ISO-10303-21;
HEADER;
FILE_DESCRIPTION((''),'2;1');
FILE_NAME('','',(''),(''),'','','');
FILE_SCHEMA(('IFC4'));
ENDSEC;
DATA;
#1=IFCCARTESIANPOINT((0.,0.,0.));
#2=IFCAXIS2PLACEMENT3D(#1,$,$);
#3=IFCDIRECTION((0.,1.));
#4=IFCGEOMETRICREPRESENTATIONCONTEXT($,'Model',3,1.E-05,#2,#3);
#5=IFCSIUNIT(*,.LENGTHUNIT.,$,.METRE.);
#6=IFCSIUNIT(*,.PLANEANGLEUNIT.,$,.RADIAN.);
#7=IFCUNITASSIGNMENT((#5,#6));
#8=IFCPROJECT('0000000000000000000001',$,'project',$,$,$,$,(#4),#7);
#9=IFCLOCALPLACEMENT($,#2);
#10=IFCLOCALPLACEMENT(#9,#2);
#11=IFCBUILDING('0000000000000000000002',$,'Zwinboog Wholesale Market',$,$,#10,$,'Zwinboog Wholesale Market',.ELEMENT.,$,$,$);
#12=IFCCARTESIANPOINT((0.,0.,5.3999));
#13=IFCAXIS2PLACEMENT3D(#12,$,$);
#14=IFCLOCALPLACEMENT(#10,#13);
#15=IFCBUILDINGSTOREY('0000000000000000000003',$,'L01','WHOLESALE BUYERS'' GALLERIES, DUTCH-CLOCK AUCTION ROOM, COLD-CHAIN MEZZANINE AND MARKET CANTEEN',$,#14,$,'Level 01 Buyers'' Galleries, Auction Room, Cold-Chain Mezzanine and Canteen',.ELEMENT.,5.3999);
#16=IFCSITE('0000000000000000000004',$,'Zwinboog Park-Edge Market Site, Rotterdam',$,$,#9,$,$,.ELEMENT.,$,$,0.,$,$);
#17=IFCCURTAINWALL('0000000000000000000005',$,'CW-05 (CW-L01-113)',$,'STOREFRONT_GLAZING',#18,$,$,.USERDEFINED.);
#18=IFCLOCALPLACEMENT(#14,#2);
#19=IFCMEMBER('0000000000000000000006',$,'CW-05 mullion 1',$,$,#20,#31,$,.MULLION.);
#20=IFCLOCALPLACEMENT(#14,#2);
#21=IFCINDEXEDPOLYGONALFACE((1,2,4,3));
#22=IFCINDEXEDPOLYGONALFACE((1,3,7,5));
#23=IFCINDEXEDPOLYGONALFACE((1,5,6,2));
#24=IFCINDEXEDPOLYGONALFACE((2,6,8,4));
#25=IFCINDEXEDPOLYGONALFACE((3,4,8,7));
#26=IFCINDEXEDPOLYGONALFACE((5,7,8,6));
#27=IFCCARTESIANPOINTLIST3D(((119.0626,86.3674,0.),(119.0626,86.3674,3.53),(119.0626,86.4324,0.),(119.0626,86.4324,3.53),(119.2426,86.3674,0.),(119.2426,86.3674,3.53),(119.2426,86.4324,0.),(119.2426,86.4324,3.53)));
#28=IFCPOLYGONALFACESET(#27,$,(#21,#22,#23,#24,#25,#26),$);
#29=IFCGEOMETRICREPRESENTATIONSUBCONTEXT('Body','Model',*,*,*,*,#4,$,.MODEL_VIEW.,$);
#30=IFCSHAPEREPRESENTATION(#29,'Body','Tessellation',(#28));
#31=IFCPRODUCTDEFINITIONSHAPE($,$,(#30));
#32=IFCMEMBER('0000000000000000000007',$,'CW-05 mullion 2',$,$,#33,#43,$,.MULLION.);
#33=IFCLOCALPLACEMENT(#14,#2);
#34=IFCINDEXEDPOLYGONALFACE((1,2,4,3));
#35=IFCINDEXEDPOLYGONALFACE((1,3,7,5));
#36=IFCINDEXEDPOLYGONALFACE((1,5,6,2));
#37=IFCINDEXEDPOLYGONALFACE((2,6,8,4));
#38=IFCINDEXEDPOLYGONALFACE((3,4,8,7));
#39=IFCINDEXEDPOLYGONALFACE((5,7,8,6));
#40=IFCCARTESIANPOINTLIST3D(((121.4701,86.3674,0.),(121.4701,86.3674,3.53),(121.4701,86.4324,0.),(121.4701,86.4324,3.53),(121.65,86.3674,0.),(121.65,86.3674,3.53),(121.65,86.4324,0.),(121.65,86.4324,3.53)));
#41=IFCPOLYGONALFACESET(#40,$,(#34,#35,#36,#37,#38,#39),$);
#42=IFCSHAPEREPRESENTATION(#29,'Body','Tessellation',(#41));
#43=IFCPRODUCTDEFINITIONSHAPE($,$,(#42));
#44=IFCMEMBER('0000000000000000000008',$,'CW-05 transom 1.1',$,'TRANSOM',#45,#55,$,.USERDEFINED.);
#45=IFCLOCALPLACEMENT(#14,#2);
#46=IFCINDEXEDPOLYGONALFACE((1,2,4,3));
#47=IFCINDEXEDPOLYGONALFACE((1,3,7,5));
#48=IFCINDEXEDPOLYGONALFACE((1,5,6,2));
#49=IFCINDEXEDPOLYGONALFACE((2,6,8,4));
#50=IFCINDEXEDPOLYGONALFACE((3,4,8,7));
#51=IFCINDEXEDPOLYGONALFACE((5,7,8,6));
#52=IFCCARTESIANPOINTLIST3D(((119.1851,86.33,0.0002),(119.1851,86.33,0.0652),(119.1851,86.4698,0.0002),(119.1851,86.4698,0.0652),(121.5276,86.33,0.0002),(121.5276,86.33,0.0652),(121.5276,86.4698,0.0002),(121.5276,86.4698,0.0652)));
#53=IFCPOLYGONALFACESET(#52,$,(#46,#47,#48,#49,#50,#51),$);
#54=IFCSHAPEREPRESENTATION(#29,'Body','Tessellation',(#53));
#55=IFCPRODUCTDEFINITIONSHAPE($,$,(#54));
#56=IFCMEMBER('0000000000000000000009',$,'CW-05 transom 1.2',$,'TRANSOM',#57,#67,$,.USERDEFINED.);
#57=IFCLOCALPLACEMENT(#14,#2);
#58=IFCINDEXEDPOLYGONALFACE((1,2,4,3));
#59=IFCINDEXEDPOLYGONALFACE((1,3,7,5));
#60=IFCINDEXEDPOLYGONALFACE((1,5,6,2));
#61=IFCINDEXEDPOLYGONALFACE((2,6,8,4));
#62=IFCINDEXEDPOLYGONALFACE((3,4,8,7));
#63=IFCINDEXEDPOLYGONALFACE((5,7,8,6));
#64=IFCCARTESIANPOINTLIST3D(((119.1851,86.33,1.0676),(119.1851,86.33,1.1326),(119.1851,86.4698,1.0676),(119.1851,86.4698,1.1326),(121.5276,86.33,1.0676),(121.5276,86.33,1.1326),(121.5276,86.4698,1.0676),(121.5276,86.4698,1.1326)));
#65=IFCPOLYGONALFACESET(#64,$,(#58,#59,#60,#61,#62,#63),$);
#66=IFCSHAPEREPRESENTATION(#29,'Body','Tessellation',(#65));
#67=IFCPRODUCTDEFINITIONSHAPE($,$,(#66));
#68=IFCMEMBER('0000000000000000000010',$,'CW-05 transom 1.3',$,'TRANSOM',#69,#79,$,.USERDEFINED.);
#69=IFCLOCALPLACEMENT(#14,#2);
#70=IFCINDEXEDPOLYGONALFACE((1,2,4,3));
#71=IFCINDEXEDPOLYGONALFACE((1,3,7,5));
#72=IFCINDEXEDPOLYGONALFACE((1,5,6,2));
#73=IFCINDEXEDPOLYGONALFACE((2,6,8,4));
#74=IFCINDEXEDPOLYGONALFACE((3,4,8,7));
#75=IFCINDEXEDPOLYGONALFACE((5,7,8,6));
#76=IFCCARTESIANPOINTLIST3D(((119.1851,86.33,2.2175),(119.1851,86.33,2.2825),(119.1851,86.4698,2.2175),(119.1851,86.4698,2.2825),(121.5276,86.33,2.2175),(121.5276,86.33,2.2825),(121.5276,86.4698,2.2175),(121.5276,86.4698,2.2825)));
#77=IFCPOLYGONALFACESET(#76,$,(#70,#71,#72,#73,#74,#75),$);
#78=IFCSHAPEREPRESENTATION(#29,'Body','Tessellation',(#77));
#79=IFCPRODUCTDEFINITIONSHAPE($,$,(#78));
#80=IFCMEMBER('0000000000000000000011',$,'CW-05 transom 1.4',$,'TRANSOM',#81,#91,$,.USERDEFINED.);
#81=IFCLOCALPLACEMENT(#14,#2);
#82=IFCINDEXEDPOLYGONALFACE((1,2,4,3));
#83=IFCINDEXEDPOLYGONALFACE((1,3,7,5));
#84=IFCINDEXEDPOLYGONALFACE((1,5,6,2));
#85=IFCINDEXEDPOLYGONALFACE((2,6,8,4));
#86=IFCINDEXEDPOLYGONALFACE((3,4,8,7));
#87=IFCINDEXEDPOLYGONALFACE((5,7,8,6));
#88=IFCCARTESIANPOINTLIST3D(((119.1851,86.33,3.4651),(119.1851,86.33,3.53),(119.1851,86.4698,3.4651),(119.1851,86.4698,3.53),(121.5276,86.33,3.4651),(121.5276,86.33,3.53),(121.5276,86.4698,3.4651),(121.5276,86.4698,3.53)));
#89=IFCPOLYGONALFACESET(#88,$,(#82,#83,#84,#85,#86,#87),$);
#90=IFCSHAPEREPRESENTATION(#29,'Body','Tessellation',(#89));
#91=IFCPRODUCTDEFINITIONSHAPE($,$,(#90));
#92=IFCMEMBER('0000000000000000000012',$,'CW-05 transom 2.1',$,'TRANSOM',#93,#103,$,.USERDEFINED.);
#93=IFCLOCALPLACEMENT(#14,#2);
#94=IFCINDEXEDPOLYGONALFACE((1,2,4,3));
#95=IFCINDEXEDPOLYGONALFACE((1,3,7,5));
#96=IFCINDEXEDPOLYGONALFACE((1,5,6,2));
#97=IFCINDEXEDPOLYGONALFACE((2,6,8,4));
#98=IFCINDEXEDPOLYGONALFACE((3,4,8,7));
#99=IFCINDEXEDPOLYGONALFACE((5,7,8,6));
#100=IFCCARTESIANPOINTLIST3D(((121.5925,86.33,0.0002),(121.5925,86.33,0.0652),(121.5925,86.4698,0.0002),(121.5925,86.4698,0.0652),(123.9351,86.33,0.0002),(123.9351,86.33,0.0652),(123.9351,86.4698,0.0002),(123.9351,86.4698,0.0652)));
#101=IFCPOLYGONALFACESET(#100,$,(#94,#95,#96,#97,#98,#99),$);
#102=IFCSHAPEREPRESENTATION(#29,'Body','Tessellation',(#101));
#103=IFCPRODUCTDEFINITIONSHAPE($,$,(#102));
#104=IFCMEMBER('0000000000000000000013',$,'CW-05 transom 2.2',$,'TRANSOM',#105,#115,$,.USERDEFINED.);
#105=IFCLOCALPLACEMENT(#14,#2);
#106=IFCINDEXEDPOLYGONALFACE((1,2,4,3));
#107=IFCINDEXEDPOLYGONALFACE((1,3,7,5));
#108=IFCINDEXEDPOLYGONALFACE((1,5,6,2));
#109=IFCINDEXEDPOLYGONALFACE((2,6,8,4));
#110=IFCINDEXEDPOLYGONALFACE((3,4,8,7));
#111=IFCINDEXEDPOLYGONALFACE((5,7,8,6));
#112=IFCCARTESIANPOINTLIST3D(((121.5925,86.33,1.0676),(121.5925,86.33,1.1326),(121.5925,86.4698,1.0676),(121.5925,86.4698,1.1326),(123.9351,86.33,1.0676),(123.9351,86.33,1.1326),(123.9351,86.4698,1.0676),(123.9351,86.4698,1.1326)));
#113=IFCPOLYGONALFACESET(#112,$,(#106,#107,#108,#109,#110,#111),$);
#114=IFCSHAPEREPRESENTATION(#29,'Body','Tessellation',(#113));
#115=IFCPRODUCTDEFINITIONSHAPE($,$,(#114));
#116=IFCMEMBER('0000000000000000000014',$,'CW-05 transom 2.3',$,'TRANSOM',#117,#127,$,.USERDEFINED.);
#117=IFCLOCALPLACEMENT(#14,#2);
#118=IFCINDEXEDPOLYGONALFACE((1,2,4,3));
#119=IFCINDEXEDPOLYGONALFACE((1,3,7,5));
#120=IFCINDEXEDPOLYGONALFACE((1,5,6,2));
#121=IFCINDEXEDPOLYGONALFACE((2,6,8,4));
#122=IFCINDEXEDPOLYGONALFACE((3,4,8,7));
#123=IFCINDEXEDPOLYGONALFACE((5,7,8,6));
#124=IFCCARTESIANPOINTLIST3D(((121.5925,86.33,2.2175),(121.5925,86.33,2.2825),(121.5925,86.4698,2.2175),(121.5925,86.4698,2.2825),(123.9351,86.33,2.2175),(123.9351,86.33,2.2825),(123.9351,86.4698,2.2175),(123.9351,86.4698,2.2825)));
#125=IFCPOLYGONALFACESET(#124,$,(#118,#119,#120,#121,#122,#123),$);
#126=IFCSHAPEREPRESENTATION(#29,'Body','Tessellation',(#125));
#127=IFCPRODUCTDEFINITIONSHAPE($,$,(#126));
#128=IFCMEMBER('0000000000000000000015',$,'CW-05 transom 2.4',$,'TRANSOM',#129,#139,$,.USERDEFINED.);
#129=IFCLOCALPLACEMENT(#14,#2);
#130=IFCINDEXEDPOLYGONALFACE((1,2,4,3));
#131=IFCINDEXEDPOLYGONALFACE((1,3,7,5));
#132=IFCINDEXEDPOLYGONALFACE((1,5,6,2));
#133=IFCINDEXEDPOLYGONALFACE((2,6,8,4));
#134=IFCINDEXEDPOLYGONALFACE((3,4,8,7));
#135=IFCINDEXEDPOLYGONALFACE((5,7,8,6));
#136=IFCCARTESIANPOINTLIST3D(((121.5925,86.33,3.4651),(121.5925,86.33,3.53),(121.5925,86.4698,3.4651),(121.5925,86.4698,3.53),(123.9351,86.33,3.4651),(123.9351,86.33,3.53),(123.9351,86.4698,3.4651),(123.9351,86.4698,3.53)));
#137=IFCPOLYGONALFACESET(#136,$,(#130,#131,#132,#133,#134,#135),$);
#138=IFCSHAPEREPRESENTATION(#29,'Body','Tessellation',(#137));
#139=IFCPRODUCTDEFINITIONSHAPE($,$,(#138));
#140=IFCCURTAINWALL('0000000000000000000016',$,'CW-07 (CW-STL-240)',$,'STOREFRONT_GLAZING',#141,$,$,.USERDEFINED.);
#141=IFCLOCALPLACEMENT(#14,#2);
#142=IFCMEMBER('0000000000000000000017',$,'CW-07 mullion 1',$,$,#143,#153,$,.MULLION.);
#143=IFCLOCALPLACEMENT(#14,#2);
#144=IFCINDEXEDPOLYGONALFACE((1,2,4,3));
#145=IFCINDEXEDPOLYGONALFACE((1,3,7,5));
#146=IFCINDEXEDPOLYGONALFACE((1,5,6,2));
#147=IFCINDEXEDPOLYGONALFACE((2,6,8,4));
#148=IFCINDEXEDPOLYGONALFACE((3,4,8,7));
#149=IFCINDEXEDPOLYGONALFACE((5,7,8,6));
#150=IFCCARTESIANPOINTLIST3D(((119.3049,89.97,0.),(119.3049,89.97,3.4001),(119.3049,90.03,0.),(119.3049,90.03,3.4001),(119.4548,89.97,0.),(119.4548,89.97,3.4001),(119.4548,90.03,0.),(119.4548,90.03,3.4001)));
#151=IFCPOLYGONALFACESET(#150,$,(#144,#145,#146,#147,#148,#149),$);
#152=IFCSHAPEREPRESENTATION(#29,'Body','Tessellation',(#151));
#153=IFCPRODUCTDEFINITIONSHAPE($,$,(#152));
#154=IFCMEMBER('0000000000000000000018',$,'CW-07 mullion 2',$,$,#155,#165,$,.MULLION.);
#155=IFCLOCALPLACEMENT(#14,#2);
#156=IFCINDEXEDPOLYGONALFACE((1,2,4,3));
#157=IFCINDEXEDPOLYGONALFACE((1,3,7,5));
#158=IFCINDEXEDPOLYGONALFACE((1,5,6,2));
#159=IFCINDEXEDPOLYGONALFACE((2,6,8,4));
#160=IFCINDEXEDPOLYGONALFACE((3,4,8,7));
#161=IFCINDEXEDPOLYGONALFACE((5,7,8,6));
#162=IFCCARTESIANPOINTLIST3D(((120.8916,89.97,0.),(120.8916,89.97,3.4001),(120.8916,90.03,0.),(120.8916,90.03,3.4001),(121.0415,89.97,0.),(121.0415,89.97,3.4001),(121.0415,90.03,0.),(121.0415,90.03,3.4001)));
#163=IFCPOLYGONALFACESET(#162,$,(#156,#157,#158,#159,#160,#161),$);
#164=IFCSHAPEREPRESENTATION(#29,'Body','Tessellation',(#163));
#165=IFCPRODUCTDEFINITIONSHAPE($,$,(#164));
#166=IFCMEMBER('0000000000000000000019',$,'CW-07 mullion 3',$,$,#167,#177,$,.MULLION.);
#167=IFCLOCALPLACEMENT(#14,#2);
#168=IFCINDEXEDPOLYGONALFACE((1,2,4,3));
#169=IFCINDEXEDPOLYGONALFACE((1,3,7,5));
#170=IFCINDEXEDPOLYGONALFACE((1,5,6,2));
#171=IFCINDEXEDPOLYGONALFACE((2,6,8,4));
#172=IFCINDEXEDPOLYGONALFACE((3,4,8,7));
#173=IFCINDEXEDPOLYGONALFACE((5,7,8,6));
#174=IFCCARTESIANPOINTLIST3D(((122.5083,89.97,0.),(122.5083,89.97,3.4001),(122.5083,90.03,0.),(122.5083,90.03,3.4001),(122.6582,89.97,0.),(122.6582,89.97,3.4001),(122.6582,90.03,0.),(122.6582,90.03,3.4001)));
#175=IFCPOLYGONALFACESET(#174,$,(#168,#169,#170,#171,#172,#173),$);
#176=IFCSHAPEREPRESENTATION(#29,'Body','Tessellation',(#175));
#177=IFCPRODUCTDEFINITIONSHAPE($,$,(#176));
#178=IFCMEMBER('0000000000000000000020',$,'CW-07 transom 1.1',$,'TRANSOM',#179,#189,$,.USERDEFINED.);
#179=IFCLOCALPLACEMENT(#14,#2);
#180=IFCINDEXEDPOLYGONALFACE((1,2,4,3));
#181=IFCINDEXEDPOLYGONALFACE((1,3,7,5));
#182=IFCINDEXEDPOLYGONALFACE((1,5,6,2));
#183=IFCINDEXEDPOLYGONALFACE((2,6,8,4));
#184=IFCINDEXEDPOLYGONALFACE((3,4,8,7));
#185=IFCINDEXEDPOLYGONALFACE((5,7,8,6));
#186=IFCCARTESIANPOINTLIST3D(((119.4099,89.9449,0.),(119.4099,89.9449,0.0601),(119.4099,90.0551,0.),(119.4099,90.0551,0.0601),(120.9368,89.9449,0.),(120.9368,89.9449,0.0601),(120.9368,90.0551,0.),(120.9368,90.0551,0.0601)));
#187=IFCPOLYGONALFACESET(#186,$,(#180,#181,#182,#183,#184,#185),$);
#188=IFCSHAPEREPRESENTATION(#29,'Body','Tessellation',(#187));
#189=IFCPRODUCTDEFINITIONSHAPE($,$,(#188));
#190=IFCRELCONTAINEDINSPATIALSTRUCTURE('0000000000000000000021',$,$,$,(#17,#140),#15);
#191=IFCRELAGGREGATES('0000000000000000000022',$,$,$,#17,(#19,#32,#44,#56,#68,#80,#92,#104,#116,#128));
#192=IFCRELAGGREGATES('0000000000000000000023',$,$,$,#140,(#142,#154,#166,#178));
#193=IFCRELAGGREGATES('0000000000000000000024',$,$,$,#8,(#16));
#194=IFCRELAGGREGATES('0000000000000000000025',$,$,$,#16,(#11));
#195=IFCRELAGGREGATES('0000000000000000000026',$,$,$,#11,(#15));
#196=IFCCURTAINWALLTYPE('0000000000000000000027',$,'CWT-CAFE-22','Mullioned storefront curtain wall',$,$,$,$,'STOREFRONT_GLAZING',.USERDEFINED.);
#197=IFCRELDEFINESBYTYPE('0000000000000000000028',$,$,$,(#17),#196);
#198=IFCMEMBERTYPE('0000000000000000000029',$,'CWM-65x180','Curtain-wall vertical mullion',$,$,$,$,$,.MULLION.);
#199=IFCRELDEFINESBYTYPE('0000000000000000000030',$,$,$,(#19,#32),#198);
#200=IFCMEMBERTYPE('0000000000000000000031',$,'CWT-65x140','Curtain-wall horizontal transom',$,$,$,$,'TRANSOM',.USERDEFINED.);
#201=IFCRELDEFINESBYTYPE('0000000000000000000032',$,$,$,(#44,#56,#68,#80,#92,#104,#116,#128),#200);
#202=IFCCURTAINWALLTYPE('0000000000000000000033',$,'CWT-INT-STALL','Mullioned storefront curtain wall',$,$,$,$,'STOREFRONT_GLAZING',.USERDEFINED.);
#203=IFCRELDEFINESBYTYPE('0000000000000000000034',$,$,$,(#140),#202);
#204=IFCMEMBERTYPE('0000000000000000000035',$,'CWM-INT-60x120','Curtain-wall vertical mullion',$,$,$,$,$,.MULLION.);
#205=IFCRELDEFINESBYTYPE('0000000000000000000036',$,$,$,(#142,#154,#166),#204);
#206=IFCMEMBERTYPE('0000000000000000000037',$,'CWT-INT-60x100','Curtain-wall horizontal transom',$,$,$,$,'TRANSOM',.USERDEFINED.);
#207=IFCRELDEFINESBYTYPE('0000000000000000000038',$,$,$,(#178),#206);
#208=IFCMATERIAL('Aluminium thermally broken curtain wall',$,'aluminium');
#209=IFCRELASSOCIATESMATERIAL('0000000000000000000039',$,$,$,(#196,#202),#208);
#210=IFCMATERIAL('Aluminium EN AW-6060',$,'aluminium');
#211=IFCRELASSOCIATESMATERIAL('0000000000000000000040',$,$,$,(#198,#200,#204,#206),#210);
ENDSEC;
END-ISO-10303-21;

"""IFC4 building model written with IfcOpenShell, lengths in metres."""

from ifc_helpers import new_model, si_unit, direction, frame, origin, origin_2d, place, context, subcontext, project, spatial, rectangle, extrude, material, material_profile, profile_set, type_object, element, aggregate, save


model = new_model("IFC4")

# Units and contexts
model_context = context("Model", 3, precision=1e-05, world=origin(), true_north=direction((0.0, 1.0)))
body_context = subcontext(model_context, "Body", "Model", "MODEL_VIEW")
ifc_project = project(units=[si_unit("LENGTHUNIT", "METRE"), si_unit("PLANEANGLEUNIT", "RADIAN")], contexts=[model_context])

# Site, building, storey
site_placement = place(None, origin())
site = spatial("IfcSite", under=ifc_project, at=site_placement, Name="Zwinboog Park-Edge Market Site, Rotterdam", CompositionType="ELEMENT", RefElevation=0.0)
building_placement = place(site_placement, origin())
building = spatial("IfcBuilding", under=site, at=building_placement, Name="Zwinboog Wholesale Market", LongName="Zwinboog Wholesale Market", CompositionType="ELEMENT")
storey_placement = place(building_placement, frame((0.0, 0.0, 5.3999)))
storey = spatial("IfcBuildingStorey", under=building, at=storey_placement, Name="L01", Description="WHOLESALE BUYERS' GALLERIES, DUTCH-CLOCK AUCTION ROOM, COLD-CHAIN MEZZANINE AND MARKET CANTEEN", LongName="Level 01 Buyers' Galleries, Auction Room, Cold-Chain Mezzanine and Canteen", CompositionType="ELEMENT", Elevation=5.3999)

# Curtain walls, members
ifc_material_1 = material(Name="Aluminium thermally broken curtain wall", Category="aluminium")
curtain_wall_type_1 = type_object("IfcCurtainWallType", Name="CWT-CAFE-22", Description="Mullioned storefront curtain wall", ElementType="STOREFRONT_GLAZING", PredefinedType="USERDEFINED", material=ifc_material_1)
curtain_wall_1_placement = place(storey_placement, origin())
curtain_wall_1 = element("IfcCurtainWall", 1, at=curtain_wall_1_placement, inside=storey, type_object=curtain_wall_type_1, Name="CW-05 (CW-L01-113)", ObjectType="STOREFRONT_GLAZING", PredefinedType="USERDEFINED")
ifc_material_2 = material(Name="Aluminium EN AW-6060", Category="aluminium")
ifc_material_profile_1 = material_profile(ifc_material_2, rectangle(XDim=0.0649, YDim=0.1799, at=origin_2d()), Name="AL 65x180")
ifc_profile_set_1 = profile_set([ifc_material_profile_1], Name="Aluminium EN AW-6060")
member_type_1 = type_object("IfcMemberType", Name="CWM-65x180", Description="Curtain-wall vertical mullion", PredefinedType="MULLION", material=ifc_profile_set_1)
member_1_placement = place(storey_placement, frame((119.1526, 86.3999, 0.0), z_axis=(0.0, 0.0, 1.0), x_axis=(0.0, 1.0, 0.0)))
member_1 = element("IfcMember", 2, at=member_1_placement, type_object=member_type_1, Name="CW-05 mullion 1", PredefinedType="MULLION", context=body_context, shape_type="SweptSolid", body=[
    extrude(rectangle(XDim=0.0649, YDim=0.1799, at=origin_2d()), origin(), (0.0, 0.0, 1.0), 3.53),
])
member_2_placement = place(storey_placement, frame((121.5601, 86.3999, 0.0), z_axis=(0.0, 0.0, 1.0), x_axis=(0.0, 1.0, 0.0)))
member_2 = element("IfcMember", 3, at=member_2_placement, type_object=member_type_1, Name="CW-05 mullion 2", PredefinedType="MULLION", context=body_context, shape_type="SweptSolid", body=[
    extrude(rectangle(XDim=0.0649, YDim=0.1799, at=origin_2d()), origin(), (0.0, 0.0, 1.0), 3.53),
])
ifc_material_profile_2 = material_profile(ifc_material_2, rectangle(XDim=0.1399, YDim=0.0649, at=origin_2d()), Name="AL 65x140")
ifc_profile_set_2 = profile_set([ifc_material_profile_2], Name="Aluminium EN AW-6060")
member_type_2 = type_object("IfcMemberType", Name="CWT-65x140", Description="Curtain-wall horizontal transom", ElementType="TRANSOM", PredefinedType="USERDEFINED", material=ifc_profile_set_2)
member_3_placement = place(storey_placement, frame((119.1851, 86.3999, 0.0327), z_axis=(1.0, 0.0, 0.0), x_axis=(0.0, 1.0, 0.0)))
member_3 = element("IfcMember", 4, at=member_3_placement, type_object=member_type_2, Name="CW-05 transom 1.1", ObjectType="TRANSOM", PredefinedType="USERDEFINED", context=body_context, shape_type="SweptSolid", body=[
    extrude(rectangle(XDim=0.1399, YDim=0.0649, at=origin_2d()), origin(), (0.0, 0.0, 1.0), 2.3425),
])
member_4_placement = place(storey_placement, frame((119.1851, 86.3999, 1.1001), z_axis=(1.0, 0.0, 0.0), x_axis=(0.0, 1.0, 0.0)))
member_4 = element("IfcMember", 5, at=member_4_placement, type_object=member_type_2, Name="CW-05 transom 1.2", ObjectType="TRANSOM", PredefinedType="USERDEFINED", context=body_context, shape_type="SweptSolid", body=[
    extrude(rectangle(XDim=0.1399, YDim=0.0649, at=origin_2d()), origin(), (0.0, 0.0, 1.0), 2.3425),
])
member_5_placement = place(storey_placement, frame((119.1851, 86.3999, 2.25), z_axis=(1.0, 0.0, 0.0), x_axis=(0.0, 1.0, 0.0)))
member_5 = element("IfcMember", 6, at=member_5_placement, type_object=member_type_2, Name="CW-05 transom 1.3", ObjectType="TRANSOM", PredefinedType="USERDEFINED", context=body_context, shape_type="SweptSolid", body=[
    extrude(rectangle(XDim=0.1399, YDim=0.0649, at=origin_2d()), origin(), (0.0, 0.0, 1.0), 2.3425),
])
member_6_placement = place(storey_placement, frame((119.1851, 86.3999, 3.4976), z_axis=(1.0, 0.0, 0.0), x_axis=(0.0, 1.0, 0.0)))
member_6 = element("IfcMember", 7, at=member_6_placement, type_object=member_type_2, Name="CW-05 transom 1.4", ObjectType="TRANSOM", PredefinedType="USERDEFINED", context=body_context, shape_type="SweptSolid", body=[
    extrude(rectangle(XDim=0.1399, YDim=0.0649, at=origin_2d()), origin(), (0.0, 0.0, 1.0), 2.3425),
])
member_7_placement = place(storey_placement, frame((121.5925, 86.3999, 0.0327), z_axis=(1.0, 0.0, 0.0), x_axis=(0.0, 1.0, 0.0)))
member_7 = element("IfcMember", 8, at=member_7_placement, type_object=member_type_2, Name="CW-05 transom 2.1", ObjectType="TRANSOM", PredefinedType="USERDEFINED", context=body_context, shape_type="SweptSolid", body=[
    extrude(rectangle(XDim=0.1399, YDim=0.0649, at=origin_2d()), origin(), (0.0, 0.0, 1.0), 2.3425),
])
member_8_placement = place(storey_placement, frame((121.5925, 86.3999, 1.1001), z_axis=(1.0, 0.0, 0.0), x_axis=(0.0, 1.0, 0.0)))
member_8 = element("IfcMember", 9, at=member_8_placement, type_object=member_type_2, Name="CW-05 transom 2.2", ObjectType="TRANSOM", PredefinedType="USERDEFINED", context=body_context, shape_type="SweptSolid", body=[
    extrude(rectangle(XDim=0.1399, YDim=0.0649, at=origin_2d()), origin(), (0.0, 0.0, 1.0), 2.3425),
])
member_9_placement = place(storey_placement, frame((121.5925, 86.3999, 2.25), z_axis=(1.0, 0.0, 0.0), x_axis=(0.0, 1.0, 0.0)))
member_9 = element("IfcMember", 10, at=member_9_placement, type_object=member_type_2, Name="CW-05 transom 2.3", ObjectType="TRANSOM", PredefinedType="USERDEFINED", context=body_context, shape_type="SweptSolid", body=[
    extrude(rectangle(XDim=0.1399, YDim=0.0649, at=origin_2d()), origin(), (0.0, 0.0, 1.0), 2.3425),
])
member_10_placement = place(storey_placement, frame((121.5925, 86.3999, 3.4976), z_axis=(1.0, 0.0, 0.0), x_axis=(0.0, 1.0, 0.0)))
member_10 = element("IfcMember", 11, at=member_10_placement, type_object=member_type_2, Name="CW-05 transom 2.4", ObjectType="TRANSOM", PredefinedType="USERDEFINED", context=body_context, shape_type="SweptSolid", body=[
    extrude(rectangle(XDim=0.1399, YDim=0.0649, at=origin_2d()), origin(), (0.0, 0.0, 1.0), 2.3425),
])
curtain_wall_type_2 = type_object("IfcCurtainWallType", Name="CWT-INT-STALL", Description="Mullioned storefront curtain wall", ElementType="STOREFRONT_GLAZING", PredefinedType="USERDEFINED", material=ifc_material_1)
curtain_wall_2_placement = place(storey_placement, origin())
curtain_wall_2 = element("IfcCurtainWall", 12, at=curtain_wall_2_placement, inside=storey, type_object=curtain_wall_type_2, Name="CW-07 (CW-STL-240)", ObjectType="STOREFRONT_GLAZING", PredefinedType="USERDEFINED")
ifc_material_profile_3 = material_profile(ifc_material_2, rectangle(XDim=0.0601, YDim=0.1499, at=origin_2d()), Name="AL 60x150")
ifc_profile_set_3 = profile_set([ifc_material_profile_3], Name="Aluminium EN AW-6060")
member_type_3 = type_object("IfcMemberType", Name="CWM-INT-60x120", Description="Curtain-wall vertical mullion", PredefinedType="MULLION", material=ifc_profile_set_3)
member_11_placement = place(storey_placement, frame((119.3799, 90.0, 0.0), z_axis=(0.0, 0.0, 1.0), x_axis=(0.0, 1.0, 0.0)))
member_11 = element("IfcMember", 13, at=member_11_placement, type_object=member_type_3, Name="CW-07 mullion 1", PredefinedType="MULLION", context=body_context, shape_type="SweptSolid", body=[
    extrude(rectangle(XDim=0.0601, YDim=0.1499, at=origin_2d()), origin(), (0.0, 0.0, 1.0), 3.4001),
])
member_12_placement = place(storey_placement, frame((120.9666, 90.0, 0.0), z_axis=(0.0, 0.0, 1.0), x_axis=(0.0, 1.0, 0.0)))
member_12 = element("IfcMember", 14, at=member_12_placement, type_object=member_type_3, Name="CW-07 mullion 2", PredefinedType="MULLION", context=body_context, shape_type="SweptSolid", body=[
    extrude(rectangle(XDim=0.0601, YDim=0.1499, at=origin_2d()), origin(), (0.0, 0.0, 1.0), 3.4001),
])
member_13_placement = place(storey_placement, frame((122.5833, 90.0, 0.0), z_axis=(0.0, 0.0, 1.0), x_axis=(0.0, 1.0, 0.0)))
member_13 = element("IfcMember", 15, at=member_13_placement, type_object=member_type_3, Name="CW-07 mullion 3", PredefinedType="MULLION", context=body_context, shape_type="SweptSolid", body=[
    extrude(rectangle(XDim=0.0601, YDim=0.1499, at=origin_2d()), origin(), (0.0, 0.0, 1.0), 3.4001),
])
ifc_material_profile_4 = material_profile(ifc_material_2, rectangle(XDim=0.1101, YDim=0.0601, at=origin_2d()), Name="AL 60x110")
ifc_profile_set_4 = profile_set([ifc_material_profile_4], Name="Aluminium EN AW-6060")
member_type_4 = type_object("IfcMemberType", Name="CWT-INT-60x100", Description="Curtain-wall horizontal transom", ElementType="TRANSOM", PredefinedType="USERDEFINED", material=ifc_profile_set_4)
member_14_placement = place(storey_placement, frame((119.4099, 90.0, 0.03), z_axis=(1.0, 0.0, 0.0), x_axis=(0.0, 1.0, 0.0)))
member_14 = element("IfcMember", 16, at=member_14_placement, type_object=member_type_4, Name="CW-07 transom 1.1", ObjectType="TRANSOM", PredefinedType="USERDEFINED", context=body_context, shape_type="SweptSolid", body=[
    extrude(rectangle(XDim=0.1101, YDim=0.0601, at=origin_2d()), origin(), (0.0, 0.0, 1.0), 1.5269),
])

aggregate(curtain_wall_1, [member_1, member_2, member_3, member_4, member_5, member_6, member_7, member_8, member_9, member_10])
aggregate(curtain_wall_2, [member_11, member_12, member_13, member_14])

save(model, "model.ifc")
